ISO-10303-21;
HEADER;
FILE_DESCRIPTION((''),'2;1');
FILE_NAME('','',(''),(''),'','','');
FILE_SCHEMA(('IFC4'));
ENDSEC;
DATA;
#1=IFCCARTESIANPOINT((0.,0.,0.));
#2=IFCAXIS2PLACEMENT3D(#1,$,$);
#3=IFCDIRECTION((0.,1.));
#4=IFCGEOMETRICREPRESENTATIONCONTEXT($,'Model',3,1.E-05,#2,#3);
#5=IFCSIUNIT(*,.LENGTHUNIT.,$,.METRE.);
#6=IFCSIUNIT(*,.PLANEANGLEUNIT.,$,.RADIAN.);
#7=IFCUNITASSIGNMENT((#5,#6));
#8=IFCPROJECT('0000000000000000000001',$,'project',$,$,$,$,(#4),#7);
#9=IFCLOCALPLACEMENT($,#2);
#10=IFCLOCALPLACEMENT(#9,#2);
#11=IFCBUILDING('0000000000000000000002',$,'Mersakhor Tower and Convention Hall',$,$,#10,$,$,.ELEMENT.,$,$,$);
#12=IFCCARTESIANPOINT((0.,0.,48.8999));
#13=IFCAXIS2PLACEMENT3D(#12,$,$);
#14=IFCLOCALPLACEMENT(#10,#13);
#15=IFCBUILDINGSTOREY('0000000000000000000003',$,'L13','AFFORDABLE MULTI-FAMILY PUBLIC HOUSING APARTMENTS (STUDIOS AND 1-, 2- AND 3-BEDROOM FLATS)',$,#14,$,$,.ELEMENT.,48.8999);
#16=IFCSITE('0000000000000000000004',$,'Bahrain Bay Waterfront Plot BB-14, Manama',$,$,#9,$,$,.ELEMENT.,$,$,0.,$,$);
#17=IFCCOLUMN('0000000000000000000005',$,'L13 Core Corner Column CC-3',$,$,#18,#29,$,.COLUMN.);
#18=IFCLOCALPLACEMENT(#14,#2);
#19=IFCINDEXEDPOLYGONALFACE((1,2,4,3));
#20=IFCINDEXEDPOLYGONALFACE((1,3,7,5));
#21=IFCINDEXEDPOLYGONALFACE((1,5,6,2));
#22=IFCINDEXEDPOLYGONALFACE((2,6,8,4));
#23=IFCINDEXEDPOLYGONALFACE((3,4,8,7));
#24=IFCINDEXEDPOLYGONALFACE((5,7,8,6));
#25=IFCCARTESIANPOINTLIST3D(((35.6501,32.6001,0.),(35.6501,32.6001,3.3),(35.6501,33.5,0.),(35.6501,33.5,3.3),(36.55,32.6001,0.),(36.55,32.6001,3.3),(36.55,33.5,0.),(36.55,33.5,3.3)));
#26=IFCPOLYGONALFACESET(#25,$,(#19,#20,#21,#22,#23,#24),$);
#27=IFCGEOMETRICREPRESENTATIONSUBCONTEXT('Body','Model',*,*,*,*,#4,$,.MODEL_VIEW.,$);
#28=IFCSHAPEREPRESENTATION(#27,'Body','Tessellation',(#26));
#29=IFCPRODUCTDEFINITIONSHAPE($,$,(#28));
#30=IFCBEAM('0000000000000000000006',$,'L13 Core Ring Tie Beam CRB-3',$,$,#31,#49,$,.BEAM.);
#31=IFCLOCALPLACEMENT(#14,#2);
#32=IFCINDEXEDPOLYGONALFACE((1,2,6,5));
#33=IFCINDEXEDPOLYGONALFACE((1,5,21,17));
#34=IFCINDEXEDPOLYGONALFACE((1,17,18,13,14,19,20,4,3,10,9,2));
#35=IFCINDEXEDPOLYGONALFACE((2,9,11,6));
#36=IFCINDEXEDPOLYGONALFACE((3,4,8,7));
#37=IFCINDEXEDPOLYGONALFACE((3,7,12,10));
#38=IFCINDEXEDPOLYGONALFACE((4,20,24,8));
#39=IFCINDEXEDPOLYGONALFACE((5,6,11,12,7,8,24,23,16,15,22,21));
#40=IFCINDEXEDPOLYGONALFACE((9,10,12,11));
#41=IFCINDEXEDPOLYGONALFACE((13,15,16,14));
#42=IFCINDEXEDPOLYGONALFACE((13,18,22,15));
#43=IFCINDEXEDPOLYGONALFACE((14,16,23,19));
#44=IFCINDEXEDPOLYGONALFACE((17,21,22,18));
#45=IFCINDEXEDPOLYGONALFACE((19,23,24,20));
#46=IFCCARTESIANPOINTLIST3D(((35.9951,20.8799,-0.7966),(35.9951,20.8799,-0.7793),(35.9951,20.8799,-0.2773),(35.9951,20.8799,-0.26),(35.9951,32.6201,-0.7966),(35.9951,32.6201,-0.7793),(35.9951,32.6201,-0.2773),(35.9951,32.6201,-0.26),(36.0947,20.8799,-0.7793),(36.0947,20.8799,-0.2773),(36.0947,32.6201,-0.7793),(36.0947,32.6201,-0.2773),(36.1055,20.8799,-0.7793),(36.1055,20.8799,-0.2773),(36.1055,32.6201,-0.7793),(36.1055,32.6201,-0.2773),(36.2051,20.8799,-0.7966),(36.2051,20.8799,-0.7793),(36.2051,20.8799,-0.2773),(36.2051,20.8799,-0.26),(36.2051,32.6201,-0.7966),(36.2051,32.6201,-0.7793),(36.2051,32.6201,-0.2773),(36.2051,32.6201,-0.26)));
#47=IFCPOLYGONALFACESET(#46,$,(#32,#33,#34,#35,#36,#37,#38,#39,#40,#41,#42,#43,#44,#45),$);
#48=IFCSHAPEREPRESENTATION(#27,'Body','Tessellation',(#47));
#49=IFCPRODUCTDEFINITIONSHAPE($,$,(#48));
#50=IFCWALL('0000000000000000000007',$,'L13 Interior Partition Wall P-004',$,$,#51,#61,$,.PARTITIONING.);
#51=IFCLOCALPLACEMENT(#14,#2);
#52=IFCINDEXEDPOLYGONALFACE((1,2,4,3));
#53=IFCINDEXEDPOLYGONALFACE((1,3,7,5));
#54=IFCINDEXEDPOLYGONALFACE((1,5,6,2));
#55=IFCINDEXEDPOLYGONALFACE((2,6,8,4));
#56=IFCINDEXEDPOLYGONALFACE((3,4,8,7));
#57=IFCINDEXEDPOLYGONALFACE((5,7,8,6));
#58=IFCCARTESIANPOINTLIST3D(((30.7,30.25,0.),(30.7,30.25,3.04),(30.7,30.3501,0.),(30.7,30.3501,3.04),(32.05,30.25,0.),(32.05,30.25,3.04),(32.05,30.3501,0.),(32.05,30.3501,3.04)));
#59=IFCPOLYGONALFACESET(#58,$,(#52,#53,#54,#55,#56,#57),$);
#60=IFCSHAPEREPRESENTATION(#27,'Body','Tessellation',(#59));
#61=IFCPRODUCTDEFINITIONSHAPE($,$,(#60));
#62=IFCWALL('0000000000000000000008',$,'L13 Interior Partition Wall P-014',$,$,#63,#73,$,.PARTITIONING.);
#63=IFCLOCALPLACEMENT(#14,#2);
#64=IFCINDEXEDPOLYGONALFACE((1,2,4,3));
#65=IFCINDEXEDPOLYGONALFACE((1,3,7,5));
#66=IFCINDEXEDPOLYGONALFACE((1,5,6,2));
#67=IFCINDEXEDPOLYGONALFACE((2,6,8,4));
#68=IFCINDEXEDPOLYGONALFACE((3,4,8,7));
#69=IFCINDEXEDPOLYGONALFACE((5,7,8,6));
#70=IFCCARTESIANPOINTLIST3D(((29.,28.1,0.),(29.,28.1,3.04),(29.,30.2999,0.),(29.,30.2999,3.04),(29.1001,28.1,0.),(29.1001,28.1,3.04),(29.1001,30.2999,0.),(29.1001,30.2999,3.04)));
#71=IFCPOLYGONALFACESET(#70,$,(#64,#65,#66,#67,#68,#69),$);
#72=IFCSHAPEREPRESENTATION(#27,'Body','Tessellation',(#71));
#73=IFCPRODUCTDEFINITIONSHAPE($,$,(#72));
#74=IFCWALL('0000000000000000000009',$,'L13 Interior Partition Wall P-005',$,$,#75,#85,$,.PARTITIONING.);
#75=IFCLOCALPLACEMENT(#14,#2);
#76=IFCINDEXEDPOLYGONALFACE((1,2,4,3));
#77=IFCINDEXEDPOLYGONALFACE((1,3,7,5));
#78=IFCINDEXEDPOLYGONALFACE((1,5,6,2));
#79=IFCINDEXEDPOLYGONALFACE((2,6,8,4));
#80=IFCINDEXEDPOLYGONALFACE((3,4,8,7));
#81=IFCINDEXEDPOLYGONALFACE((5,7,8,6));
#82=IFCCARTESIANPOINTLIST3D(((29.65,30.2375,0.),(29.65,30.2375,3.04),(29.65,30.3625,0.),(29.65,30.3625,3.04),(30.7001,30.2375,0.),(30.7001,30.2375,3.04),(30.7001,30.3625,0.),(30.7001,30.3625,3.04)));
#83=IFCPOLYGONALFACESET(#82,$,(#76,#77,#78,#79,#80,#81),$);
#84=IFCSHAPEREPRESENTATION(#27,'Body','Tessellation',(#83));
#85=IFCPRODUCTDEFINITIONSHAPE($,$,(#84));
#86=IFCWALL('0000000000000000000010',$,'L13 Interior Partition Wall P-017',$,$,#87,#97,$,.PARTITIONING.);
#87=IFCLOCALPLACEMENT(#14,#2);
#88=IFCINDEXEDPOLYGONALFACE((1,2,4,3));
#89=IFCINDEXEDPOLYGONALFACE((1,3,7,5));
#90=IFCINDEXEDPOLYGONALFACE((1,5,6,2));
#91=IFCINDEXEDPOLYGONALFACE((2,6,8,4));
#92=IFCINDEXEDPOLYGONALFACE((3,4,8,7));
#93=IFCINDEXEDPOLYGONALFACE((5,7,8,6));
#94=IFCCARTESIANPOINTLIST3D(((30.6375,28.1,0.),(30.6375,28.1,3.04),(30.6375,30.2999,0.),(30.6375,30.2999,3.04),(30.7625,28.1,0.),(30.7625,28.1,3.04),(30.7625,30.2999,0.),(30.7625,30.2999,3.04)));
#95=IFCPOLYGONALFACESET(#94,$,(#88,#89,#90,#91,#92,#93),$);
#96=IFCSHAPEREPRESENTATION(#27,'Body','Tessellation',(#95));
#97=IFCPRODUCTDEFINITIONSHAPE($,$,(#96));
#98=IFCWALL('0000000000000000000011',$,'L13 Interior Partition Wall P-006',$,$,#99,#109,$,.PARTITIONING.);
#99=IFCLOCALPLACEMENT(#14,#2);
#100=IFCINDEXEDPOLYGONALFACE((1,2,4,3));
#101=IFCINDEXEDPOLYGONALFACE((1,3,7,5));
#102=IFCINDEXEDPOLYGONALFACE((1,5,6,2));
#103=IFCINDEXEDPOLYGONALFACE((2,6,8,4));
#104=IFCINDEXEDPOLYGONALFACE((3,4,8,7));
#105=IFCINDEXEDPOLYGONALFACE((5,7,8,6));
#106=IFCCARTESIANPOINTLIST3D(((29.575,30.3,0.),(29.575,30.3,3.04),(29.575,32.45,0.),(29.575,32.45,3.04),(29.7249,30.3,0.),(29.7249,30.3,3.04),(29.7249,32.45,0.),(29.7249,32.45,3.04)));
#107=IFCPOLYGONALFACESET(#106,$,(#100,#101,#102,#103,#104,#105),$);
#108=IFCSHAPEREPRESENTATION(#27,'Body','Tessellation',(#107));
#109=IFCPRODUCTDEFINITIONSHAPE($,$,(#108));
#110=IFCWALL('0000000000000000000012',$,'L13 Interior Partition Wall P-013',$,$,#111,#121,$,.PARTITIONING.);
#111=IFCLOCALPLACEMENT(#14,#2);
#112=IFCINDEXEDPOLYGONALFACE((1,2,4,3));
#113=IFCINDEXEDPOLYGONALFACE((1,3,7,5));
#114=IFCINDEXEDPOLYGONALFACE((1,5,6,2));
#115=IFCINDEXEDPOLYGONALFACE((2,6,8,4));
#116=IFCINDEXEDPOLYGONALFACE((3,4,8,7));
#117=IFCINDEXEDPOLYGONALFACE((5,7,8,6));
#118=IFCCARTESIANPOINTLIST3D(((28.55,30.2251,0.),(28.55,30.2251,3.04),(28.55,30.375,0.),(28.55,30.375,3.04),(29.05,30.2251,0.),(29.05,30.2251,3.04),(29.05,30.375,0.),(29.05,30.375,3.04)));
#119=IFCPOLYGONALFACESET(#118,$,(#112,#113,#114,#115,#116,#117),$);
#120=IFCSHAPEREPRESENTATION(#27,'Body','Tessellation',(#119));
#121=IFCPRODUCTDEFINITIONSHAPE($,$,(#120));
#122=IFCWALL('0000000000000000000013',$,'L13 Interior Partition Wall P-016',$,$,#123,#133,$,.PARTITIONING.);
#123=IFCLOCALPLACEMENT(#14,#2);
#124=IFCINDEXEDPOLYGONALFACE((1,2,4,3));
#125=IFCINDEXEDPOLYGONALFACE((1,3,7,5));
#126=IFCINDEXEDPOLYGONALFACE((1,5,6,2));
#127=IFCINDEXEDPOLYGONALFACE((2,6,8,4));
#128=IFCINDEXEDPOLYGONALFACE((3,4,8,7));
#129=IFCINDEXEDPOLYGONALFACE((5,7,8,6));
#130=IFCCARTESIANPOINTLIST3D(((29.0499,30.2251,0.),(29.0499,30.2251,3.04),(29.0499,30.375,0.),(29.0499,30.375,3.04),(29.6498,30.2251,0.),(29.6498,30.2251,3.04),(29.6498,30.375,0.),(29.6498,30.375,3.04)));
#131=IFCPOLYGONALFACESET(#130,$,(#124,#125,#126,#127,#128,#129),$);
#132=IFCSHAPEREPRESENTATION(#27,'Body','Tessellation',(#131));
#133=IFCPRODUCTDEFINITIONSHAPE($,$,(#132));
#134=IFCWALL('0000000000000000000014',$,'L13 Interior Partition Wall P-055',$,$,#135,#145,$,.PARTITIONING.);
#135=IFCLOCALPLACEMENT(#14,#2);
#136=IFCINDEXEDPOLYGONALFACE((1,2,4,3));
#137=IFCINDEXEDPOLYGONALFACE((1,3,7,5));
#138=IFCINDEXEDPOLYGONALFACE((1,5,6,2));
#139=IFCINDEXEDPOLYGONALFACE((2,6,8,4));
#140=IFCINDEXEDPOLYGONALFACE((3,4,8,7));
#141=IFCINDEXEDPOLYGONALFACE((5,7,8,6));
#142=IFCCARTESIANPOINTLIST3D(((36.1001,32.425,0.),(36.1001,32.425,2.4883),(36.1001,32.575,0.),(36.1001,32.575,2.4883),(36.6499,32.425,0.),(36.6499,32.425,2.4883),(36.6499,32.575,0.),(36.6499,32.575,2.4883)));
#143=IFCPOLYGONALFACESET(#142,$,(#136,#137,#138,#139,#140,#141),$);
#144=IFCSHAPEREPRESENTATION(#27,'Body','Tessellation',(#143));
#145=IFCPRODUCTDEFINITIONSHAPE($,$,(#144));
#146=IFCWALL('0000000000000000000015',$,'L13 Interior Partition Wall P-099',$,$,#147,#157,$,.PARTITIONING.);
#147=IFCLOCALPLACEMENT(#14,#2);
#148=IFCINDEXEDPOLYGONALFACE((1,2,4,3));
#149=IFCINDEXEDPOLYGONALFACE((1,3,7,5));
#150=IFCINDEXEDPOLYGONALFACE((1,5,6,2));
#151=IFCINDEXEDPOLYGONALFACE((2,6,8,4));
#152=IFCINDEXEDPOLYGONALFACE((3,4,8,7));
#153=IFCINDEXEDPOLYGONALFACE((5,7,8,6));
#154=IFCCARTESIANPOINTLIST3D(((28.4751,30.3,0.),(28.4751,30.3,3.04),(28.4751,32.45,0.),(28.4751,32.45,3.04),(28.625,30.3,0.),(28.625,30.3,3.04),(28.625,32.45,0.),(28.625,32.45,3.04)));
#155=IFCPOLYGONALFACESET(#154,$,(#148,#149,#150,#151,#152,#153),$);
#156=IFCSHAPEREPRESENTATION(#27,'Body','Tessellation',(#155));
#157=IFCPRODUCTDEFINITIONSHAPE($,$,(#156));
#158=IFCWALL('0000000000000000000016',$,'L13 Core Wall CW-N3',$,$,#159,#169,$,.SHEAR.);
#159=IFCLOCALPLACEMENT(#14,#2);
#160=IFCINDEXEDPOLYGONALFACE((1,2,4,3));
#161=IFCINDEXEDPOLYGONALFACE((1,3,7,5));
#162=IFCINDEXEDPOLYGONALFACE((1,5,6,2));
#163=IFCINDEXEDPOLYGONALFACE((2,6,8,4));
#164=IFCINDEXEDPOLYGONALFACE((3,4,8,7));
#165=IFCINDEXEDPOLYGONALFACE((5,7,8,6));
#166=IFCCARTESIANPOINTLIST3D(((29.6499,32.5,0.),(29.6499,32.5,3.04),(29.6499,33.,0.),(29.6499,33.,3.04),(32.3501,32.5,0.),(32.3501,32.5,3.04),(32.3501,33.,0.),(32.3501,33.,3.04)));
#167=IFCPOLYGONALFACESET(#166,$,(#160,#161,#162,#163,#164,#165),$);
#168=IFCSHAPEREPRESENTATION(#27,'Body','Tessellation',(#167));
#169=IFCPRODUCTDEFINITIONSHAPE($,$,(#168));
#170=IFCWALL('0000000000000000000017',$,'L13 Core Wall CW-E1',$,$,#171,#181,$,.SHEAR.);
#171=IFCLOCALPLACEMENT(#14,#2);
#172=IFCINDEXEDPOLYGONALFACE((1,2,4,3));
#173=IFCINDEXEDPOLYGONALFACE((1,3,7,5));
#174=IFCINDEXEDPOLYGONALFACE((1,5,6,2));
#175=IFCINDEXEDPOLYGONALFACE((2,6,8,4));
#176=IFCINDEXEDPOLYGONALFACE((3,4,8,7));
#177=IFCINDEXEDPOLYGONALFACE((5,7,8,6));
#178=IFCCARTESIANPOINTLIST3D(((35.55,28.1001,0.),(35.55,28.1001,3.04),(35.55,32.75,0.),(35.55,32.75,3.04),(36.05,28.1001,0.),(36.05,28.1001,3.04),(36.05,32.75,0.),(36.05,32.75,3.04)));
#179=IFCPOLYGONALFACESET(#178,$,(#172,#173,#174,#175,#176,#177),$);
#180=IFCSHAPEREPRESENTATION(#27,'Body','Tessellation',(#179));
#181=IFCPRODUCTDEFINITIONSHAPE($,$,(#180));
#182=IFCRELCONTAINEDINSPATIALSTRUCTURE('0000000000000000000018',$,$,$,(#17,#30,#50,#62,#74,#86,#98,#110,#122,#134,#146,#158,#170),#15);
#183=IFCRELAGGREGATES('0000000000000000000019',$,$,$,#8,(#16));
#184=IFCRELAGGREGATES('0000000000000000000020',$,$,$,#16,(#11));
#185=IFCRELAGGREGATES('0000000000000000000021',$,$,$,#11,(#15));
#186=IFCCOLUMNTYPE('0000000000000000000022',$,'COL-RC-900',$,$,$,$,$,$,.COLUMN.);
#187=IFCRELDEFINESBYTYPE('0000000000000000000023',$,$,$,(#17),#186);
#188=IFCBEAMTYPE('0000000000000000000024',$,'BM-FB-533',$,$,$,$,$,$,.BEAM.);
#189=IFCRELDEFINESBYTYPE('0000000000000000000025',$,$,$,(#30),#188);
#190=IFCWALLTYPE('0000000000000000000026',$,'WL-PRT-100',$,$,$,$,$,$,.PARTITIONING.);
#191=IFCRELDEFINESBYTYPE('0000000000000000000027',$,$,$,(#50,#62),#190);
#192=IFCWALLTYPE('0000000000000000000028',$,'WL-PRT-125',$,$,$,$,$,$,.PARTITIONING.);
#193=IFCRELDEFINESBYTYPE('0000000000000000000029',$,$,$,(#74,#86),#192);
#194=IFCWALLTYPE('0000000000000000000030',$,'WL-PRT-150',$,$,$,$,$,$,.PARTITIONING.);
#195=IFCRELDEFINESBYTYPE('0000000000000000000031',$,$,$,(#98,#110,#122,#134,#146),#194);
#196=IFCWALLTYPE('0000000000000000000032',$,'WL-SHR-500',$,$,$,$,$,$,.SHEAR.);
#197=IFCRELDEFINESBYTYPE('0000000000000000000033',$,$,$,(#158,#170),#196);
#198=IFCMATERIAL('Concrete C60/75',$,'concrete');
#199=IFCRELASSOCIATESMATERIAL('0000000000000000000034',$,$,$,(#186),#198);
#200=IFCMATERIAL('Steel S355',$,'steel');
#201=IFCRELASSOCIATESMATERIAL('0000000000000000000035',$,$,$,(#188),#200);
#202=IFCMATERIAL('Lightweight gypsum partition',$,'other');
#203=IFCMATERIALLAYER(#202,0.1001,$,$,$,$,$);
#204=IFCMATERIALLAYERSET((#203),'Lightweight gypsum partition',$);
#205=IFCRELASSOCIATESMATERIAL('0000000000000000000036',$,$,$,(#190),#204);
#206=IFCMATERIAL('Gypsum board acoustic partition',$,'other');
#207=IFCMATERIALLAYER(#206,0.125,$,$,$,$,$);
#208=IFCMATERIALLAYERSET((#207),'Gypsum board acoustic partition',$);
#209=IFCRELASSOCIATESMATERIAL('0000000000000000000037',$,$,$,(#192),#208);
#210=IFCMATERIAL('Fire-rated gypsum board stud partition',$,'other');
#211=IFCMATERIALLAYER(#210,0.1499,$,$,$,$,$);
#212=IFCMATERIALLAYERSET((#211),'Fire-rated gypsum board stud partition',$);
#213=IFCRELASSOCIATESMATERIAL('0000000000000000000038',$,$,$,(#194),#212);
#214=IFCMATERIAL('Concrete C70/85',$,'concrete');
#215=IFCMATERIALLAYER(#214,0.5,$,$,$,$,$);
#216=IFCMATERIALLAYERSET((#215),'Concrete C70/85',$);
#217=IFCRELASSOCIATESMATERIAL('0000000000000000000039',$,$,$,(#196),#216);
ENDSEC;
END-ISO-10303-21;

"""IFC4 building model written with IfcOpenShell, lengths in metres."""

from ifc_helpers import new_model, si_unit, direction, frame, frame_2d, origin, origin_2d, place, context, subcontext, project, spatial, rectangle, i_section, extrude, material, layer, layer_set, material_profile, profile_set, type_object, element, save


model = new_model("IFC4")

# Units and contexts
model_context = context("Model", 3, precision=1e-05, world=origin(), true_north=direction((0.0, 1.0)))
body_context = subcontext(model_context, "Body", "Model", "MODEL_VIEW")
ifc_project = project(units=[si_unit("LENGTHUNIT", "METRE"), si_unit("PLANEANGLEUNIT", "RADIAN")], contexts=[model_context])

# Site, building, storey
site_placement = place(None, origin())
site = spatial("IfcSite", under=ifc_project, at=site_placement, Name="Bahrain Bay Waterfront Plot BB-14, Manama", CompositionType="ELEMENT", RefElevation=0.0)
building_placement = place(site_placement, origin())
building = spatial("IfcBuilding", under=site, at=building_placement, Name="Mersakhor Tower and Convention Hall", CompositionType="ELEMENT")
storey_placement = place(building_placement, frame((0.0, 0.0, 48.8999)))
storey = spatial("IfcBuildingStorey", under=building, at=storey_placement, Name="L13", Description="AFFORDABLE MULTI-FAMILY PUBLIC HOUSING APARTMENTS (STUDIOS AND 1-, 2- AND 3-BEDROOM FLATS)", CompositionType="ELEMENT", Elevation=48.8999)

# Column
ifc_material_1 = material(Name="Concrete C60/75", Category="concrete")
ifc_material_profile_1 = material_profile(ifc_material_1, rectangle(XDim=0.8999, YDim=0.8999, at=origin_2d()), Name="RC 900x900")
ifc_profile_set_1 = profile_set([ifc_material_profile_1], Name="Concrete C60/75")
column_type = type_object("IfcColumnType", Name="COL-RC-900", PredefinedType="COLUMN", material=ifc_profile_set_1)
column_placement = place(storey_placement, frame((36.1001, 33.05, 0.0), z_axis=(0.0, 0.0, 1.0), x_axis=(1.0, 0.0, 0.0)))
element("IfcColumn", 1, at=column_placement, inside=storey, type_object=column_type, Name="L13 Core Corner Column CC-3", PredefinedType="COLUMN", context=body_context, shape_type="SweptSolid", body=[
    extrude(rectangle(XDim=0.8999, YDim=0.8999, at=origin_2d()), origin(), (0.0, 0.0, 1.0), 3.3),
])

# Beam
ifc_material_2 = material(Name="Steel S355", Category="steel")
ifc_material_profile_2 = material_profile(ifc_material_2, i_section(OverallWidth=0.21, OverallDepth=0.5366, WebThickness=0.0107, FlangeThickness=0.0173, at=origin_2d()), Name="UB 533x210x101")
ifc_profile_set_2 = profile_set([ifc_material_profile_2], Name="Steel S355")
beam_type = type_object("IfcBeamType", Name="BM-FB-533", PredefinedType="BEAM", material=ifc_profile_set_2)
beam_placement = place(storey_placement, frame((36.1001, 32.6201, -0.5283), z_axis=(0.0, -1.0, 0.0), x_axis=(1.0, 0.0, 0.0)))
element("IfcBeam", 2, at=beam_placement, inside=storey, type_object=beam_type, Name="L13 Core Ring Tie Beam CRB-3", PredefinedType="BEAM", context=body_context, shape_type="SweptSolid", body=[
    extrude(i_section(OverallWidth=0.21, OverallDepth=0.5366, WebThickness=0.0107, FlangeThickness=0.0173, at=origin_2d()), origin(), (0.0, 0.0, 1.0), 11.7402),
])

# Walls
ifc_material_3 = material(Name="Lightweight gypsum partition", Category="other")
ifc_layer_1 = layer(ifc_material_3, 0.1001)
ifc_layer_set_1 = layer_set([ifc_layer_1], Name="Lightweight gypsum partition")
wall_type_1 = type_object("IfcWallType", Name="WL-PRT-100", PredefinedType="PARTITIONING", material=ifc_layer_set_1)
wall_1_placement = place(storey_placement, frame((32.05, 30.3, 0.0), z_axis=(0.0, 0.0, 1.0), x_axis=(-1.0, 0.0, 0.0)))
element("IfcWall", 3, at=wall_1_placement, inside=storey, type_object=wall_type_1, Name="L13 Interior Partition Wall P-004", PredefinedType="PARTITIONING", context=body_context, shape_type="SweptSolid", body=[
    extrude(rectangle(XDim=1.3501, YDim=0.1001, at=frame_2d((0.675, 0.0))), origin(), (0.0, 0.0, 1.0), 3.04),
])
wall_2_placement = place(storey_placement, frame((29.05, 30.3, 0.0), z_axis=(0.0, 0.0, 1.0), x_axis=(0.0, -1.0, 0.0)))
element("IfcWall", 4, at=wall_2_placement, inside=storey, type_object=wall_type_1, Name="L13 Interior Partition Wall P-014", PredefinedType="PARTITIONING", context=body_context, shape_type="SweptSolid", body=[
    extrude(rectangle(XDim=2.2, YDim=0.1001, at=frame_2d((1.1001, 0.0))), origin(), (0.0, 0.0, 1.0), 3.04),
])
ifc_material_4 = material(Name="Gypsum board acoustic partition", Category="other")
ifc_layer_2 = layer(ifc_material_4, 0.125)
ifc_layer_set_2 = layer_set([ifc_layer_2], Name="Gypsum board acoustic partition")
wall_type_2 = type_object("IfcWallType", Name="WL-PRT-125", PredefinedType="PARTITIONING", material=ifc_layer_set_2)
wall_3_placement = place(storey_placement, frame((30.7, 30.3, 0.0), z_axis=(0.0, 0.0, 1.0), x_axis=(-1.0, 0.0, 0.0)))
element("IfcWall", 5, at=wall_3_placement, inside=storey, type_object=wall_type_2, Name="L13 Interior Partition Wall P-005", PredefinedType="PARTITIONING", context=body_context, shape_type="SweptSolid", body=[
    extrude(rectangle(XDim=1.05, YDim=0.125, at=frame_2d((0.5249, 0.0))), origin(), (0.0, 0.0, 1.0), 3.04),
])
wall_4_placement = place(storey_placement, frame((30.7, 30.3, 0.0), z_axis=(0.0, 0.0, 1.0), x_axis=(0.0, -1.0, 0.0)))
element("IfcWall", 6, at=wall_4_placement, inside=storey, type_object=wall_type_2, Name="L13 Interior Partition Wall P-017", PredefinedType="PARTITIONING", context=body_context, shape_type="SweptSolid", body=[
    extrude(rectangle(XDim=2.2, YDim=0.125, at=frame_2d((1.1001, 0.0))), origin(), (0.0, 0.0, 1.0), 3.04),
])
ifc_material_5 = material(Name="Fire-rated gypsum board stud partition", Category="other")
ifc_layer_3 = layer(ifc_material_5, 0.1499)
ifc_layer_set_3 = layer_set([ifc_layer_3], Name="Fire-rated gypsum board stud partition")
wall_type_3 = type_object("IfcWallType", Name="WL-PRT-150", PredefinedType="PARTITIONING", material=ifc_layer_set_3)
wall_5_placement = place(storey_placement, frame((29.6499, 30.3, 0.0), z_axis=(0.0, 0.0, 1.0), x_axis=(0.0, 1.0, 0.0)))
element("IfcWall", 7, at=wall_5_placement, inside=storey, type_object=wall_type_3, Name="L13 Interior Partition Wall P-006", PredefinedType="PARTITIONING", context=body_context, shape_type="SweptSolid", body=[
    extrude(rectangle(XDim=2.1499, YDim=0.1499, at=frame_2d((1.075, 0.0))), origin(), (0.0, 0.0, 1.0), 3.04),
])
wall_6_placement = place(storey_placement, frame((28.55, 30.3, 0.0), z_axis=(0.0, 0.0, 1.0), x_axis=(1.0, 0.0, 0.0)))
element("IfcWall", 8, at=wall_6_placement, inside=storey, type_object=wall_type_3, Name="L13 Interior Partition Wall P-013", PredefinedType="PARTITIONING", context=body_context, shape_type="SweptSolid", body=[
    extrude(rectangle(XDim=0.5, YDim=0.1499, at=frame_2d((0.25, 0.0))), origin(), (0.0, 0.0, 1.0), 3.04),
])
wall_7_placement = place(storey_placement, frame((29.05, 30.3, 0.0), z_axis=(0.0, 0.0, 1.0), x_axis=(1.0, 0.0, 0.0)))
element("IfcWall", 9, at=wall_7_placement, inside=storey, type_object=wall_type_3, Name="L13 Interior Partition Wall P-016", PredefinedType="PARTITIONING", context=body_context, shape_type="SweptSolid", body=[
    extrude(rectangle(XDim=0.5999, YDim=0.1499, at=frame_2d((0.2998, 0.0))), origin(), (0.0, 0.0, 1.0), 3.04),
])
wall_8_placement = place(storey_placement, frame((36.1001, 32.5, 0.0), z_axis=(0.0, 0.0, 1.0), x_axis=(1.0, 0.0, 0.0)))
element("IfcWall", 10, at=wall_8_placement, inside=storey, type_object=wall_type_3, Name="L13 Interior Partition Wall P-055", PredefinedType="PARTITIONING", context=body_context, shape_type="SweptSolid", body=[
    extrude(rectangle(XDim=0.5498, YDim=0.1499, at=frame_2d((0.2749, 0.0))), origin(), (0.0, 0.0, 1.0), 2.4883),
])
wall_9_placement = place(storey_placement, frame((28.55, 32.45, 0.0), z_axis=(0.0, 0.0, 1.0), x_axis=(0.0, -1.0, 0.0)))
element("IfcWall", 11, at=wall_9_placement, inside=storey, type_object=wall_type_3, Name="L13 Interior Partition Wall P-099", PredefinedType="PARTITIONING", context=body_context, shape_type="SweptSolid", body=[
    extrude(rectangle(XDim=2.1499, YDim=0.1499, at=frame_2d((1.075, 0.0))), origin(), (0.0, 0.0, 1.0), 3.04),
])

# Wall
ifc_material_6 = material(Name="Concrete C70/85", Category="concrete")
ifc_layer_4 = layer(ifc_material_6, 0.5)
ifc_layer_set_4 = layer_set([ifc_layer_4], Name="Concrete C70/85")
wall_type_4 = type_object("IfcWallType", Name="WL-SHR-500", PredefinedType="SHEAR", material=ifc_layer_set_4)
wall_10_placement = place(storey_placement, frame((29.6499, 32.75, 0.0), z_axis=(0.0, 0.0, 1.0), x_axis=(1.0, 0.0, 0.0)))
element("IfcWall", 12, at=wall_10_placement, inside=storey, type_object=wall_type_4, Name="L13 Core Wall CW-N3", PredefinedType="SHEAR", context=body_context, shape_type="SweptSolid", body=[
    extrude(rectangle(XDim=2.7002, YDim=0.5, at=frame_2d((1.3501, 0.0))), origin(), (0.0, 0.0, 1.0), 3.04),
])

# Wall
wall_11_placement = place(storey_placement, frame((35.8, 32.75, 0.0), z_axis=(0.0, 0.0, 1.0), x_axis=(0.0, -1.0, 0.0)))
element("IfcWall", 13, at=wall_11_placement, inside=storey, type_object=wall_type_4, Name="L13 Core Wall CW-E1", PredefinedType="SHEAR", context=body_context, shape_type="SweptSolid", body=[
    extrude(rectangle(XDim=4.6499, YDim=0.5, at=frame_2d((2.325, 0.0))), origin(), (0.0, 0.0, 1.0), 3.04),
])

save(model, "model.ifc")
